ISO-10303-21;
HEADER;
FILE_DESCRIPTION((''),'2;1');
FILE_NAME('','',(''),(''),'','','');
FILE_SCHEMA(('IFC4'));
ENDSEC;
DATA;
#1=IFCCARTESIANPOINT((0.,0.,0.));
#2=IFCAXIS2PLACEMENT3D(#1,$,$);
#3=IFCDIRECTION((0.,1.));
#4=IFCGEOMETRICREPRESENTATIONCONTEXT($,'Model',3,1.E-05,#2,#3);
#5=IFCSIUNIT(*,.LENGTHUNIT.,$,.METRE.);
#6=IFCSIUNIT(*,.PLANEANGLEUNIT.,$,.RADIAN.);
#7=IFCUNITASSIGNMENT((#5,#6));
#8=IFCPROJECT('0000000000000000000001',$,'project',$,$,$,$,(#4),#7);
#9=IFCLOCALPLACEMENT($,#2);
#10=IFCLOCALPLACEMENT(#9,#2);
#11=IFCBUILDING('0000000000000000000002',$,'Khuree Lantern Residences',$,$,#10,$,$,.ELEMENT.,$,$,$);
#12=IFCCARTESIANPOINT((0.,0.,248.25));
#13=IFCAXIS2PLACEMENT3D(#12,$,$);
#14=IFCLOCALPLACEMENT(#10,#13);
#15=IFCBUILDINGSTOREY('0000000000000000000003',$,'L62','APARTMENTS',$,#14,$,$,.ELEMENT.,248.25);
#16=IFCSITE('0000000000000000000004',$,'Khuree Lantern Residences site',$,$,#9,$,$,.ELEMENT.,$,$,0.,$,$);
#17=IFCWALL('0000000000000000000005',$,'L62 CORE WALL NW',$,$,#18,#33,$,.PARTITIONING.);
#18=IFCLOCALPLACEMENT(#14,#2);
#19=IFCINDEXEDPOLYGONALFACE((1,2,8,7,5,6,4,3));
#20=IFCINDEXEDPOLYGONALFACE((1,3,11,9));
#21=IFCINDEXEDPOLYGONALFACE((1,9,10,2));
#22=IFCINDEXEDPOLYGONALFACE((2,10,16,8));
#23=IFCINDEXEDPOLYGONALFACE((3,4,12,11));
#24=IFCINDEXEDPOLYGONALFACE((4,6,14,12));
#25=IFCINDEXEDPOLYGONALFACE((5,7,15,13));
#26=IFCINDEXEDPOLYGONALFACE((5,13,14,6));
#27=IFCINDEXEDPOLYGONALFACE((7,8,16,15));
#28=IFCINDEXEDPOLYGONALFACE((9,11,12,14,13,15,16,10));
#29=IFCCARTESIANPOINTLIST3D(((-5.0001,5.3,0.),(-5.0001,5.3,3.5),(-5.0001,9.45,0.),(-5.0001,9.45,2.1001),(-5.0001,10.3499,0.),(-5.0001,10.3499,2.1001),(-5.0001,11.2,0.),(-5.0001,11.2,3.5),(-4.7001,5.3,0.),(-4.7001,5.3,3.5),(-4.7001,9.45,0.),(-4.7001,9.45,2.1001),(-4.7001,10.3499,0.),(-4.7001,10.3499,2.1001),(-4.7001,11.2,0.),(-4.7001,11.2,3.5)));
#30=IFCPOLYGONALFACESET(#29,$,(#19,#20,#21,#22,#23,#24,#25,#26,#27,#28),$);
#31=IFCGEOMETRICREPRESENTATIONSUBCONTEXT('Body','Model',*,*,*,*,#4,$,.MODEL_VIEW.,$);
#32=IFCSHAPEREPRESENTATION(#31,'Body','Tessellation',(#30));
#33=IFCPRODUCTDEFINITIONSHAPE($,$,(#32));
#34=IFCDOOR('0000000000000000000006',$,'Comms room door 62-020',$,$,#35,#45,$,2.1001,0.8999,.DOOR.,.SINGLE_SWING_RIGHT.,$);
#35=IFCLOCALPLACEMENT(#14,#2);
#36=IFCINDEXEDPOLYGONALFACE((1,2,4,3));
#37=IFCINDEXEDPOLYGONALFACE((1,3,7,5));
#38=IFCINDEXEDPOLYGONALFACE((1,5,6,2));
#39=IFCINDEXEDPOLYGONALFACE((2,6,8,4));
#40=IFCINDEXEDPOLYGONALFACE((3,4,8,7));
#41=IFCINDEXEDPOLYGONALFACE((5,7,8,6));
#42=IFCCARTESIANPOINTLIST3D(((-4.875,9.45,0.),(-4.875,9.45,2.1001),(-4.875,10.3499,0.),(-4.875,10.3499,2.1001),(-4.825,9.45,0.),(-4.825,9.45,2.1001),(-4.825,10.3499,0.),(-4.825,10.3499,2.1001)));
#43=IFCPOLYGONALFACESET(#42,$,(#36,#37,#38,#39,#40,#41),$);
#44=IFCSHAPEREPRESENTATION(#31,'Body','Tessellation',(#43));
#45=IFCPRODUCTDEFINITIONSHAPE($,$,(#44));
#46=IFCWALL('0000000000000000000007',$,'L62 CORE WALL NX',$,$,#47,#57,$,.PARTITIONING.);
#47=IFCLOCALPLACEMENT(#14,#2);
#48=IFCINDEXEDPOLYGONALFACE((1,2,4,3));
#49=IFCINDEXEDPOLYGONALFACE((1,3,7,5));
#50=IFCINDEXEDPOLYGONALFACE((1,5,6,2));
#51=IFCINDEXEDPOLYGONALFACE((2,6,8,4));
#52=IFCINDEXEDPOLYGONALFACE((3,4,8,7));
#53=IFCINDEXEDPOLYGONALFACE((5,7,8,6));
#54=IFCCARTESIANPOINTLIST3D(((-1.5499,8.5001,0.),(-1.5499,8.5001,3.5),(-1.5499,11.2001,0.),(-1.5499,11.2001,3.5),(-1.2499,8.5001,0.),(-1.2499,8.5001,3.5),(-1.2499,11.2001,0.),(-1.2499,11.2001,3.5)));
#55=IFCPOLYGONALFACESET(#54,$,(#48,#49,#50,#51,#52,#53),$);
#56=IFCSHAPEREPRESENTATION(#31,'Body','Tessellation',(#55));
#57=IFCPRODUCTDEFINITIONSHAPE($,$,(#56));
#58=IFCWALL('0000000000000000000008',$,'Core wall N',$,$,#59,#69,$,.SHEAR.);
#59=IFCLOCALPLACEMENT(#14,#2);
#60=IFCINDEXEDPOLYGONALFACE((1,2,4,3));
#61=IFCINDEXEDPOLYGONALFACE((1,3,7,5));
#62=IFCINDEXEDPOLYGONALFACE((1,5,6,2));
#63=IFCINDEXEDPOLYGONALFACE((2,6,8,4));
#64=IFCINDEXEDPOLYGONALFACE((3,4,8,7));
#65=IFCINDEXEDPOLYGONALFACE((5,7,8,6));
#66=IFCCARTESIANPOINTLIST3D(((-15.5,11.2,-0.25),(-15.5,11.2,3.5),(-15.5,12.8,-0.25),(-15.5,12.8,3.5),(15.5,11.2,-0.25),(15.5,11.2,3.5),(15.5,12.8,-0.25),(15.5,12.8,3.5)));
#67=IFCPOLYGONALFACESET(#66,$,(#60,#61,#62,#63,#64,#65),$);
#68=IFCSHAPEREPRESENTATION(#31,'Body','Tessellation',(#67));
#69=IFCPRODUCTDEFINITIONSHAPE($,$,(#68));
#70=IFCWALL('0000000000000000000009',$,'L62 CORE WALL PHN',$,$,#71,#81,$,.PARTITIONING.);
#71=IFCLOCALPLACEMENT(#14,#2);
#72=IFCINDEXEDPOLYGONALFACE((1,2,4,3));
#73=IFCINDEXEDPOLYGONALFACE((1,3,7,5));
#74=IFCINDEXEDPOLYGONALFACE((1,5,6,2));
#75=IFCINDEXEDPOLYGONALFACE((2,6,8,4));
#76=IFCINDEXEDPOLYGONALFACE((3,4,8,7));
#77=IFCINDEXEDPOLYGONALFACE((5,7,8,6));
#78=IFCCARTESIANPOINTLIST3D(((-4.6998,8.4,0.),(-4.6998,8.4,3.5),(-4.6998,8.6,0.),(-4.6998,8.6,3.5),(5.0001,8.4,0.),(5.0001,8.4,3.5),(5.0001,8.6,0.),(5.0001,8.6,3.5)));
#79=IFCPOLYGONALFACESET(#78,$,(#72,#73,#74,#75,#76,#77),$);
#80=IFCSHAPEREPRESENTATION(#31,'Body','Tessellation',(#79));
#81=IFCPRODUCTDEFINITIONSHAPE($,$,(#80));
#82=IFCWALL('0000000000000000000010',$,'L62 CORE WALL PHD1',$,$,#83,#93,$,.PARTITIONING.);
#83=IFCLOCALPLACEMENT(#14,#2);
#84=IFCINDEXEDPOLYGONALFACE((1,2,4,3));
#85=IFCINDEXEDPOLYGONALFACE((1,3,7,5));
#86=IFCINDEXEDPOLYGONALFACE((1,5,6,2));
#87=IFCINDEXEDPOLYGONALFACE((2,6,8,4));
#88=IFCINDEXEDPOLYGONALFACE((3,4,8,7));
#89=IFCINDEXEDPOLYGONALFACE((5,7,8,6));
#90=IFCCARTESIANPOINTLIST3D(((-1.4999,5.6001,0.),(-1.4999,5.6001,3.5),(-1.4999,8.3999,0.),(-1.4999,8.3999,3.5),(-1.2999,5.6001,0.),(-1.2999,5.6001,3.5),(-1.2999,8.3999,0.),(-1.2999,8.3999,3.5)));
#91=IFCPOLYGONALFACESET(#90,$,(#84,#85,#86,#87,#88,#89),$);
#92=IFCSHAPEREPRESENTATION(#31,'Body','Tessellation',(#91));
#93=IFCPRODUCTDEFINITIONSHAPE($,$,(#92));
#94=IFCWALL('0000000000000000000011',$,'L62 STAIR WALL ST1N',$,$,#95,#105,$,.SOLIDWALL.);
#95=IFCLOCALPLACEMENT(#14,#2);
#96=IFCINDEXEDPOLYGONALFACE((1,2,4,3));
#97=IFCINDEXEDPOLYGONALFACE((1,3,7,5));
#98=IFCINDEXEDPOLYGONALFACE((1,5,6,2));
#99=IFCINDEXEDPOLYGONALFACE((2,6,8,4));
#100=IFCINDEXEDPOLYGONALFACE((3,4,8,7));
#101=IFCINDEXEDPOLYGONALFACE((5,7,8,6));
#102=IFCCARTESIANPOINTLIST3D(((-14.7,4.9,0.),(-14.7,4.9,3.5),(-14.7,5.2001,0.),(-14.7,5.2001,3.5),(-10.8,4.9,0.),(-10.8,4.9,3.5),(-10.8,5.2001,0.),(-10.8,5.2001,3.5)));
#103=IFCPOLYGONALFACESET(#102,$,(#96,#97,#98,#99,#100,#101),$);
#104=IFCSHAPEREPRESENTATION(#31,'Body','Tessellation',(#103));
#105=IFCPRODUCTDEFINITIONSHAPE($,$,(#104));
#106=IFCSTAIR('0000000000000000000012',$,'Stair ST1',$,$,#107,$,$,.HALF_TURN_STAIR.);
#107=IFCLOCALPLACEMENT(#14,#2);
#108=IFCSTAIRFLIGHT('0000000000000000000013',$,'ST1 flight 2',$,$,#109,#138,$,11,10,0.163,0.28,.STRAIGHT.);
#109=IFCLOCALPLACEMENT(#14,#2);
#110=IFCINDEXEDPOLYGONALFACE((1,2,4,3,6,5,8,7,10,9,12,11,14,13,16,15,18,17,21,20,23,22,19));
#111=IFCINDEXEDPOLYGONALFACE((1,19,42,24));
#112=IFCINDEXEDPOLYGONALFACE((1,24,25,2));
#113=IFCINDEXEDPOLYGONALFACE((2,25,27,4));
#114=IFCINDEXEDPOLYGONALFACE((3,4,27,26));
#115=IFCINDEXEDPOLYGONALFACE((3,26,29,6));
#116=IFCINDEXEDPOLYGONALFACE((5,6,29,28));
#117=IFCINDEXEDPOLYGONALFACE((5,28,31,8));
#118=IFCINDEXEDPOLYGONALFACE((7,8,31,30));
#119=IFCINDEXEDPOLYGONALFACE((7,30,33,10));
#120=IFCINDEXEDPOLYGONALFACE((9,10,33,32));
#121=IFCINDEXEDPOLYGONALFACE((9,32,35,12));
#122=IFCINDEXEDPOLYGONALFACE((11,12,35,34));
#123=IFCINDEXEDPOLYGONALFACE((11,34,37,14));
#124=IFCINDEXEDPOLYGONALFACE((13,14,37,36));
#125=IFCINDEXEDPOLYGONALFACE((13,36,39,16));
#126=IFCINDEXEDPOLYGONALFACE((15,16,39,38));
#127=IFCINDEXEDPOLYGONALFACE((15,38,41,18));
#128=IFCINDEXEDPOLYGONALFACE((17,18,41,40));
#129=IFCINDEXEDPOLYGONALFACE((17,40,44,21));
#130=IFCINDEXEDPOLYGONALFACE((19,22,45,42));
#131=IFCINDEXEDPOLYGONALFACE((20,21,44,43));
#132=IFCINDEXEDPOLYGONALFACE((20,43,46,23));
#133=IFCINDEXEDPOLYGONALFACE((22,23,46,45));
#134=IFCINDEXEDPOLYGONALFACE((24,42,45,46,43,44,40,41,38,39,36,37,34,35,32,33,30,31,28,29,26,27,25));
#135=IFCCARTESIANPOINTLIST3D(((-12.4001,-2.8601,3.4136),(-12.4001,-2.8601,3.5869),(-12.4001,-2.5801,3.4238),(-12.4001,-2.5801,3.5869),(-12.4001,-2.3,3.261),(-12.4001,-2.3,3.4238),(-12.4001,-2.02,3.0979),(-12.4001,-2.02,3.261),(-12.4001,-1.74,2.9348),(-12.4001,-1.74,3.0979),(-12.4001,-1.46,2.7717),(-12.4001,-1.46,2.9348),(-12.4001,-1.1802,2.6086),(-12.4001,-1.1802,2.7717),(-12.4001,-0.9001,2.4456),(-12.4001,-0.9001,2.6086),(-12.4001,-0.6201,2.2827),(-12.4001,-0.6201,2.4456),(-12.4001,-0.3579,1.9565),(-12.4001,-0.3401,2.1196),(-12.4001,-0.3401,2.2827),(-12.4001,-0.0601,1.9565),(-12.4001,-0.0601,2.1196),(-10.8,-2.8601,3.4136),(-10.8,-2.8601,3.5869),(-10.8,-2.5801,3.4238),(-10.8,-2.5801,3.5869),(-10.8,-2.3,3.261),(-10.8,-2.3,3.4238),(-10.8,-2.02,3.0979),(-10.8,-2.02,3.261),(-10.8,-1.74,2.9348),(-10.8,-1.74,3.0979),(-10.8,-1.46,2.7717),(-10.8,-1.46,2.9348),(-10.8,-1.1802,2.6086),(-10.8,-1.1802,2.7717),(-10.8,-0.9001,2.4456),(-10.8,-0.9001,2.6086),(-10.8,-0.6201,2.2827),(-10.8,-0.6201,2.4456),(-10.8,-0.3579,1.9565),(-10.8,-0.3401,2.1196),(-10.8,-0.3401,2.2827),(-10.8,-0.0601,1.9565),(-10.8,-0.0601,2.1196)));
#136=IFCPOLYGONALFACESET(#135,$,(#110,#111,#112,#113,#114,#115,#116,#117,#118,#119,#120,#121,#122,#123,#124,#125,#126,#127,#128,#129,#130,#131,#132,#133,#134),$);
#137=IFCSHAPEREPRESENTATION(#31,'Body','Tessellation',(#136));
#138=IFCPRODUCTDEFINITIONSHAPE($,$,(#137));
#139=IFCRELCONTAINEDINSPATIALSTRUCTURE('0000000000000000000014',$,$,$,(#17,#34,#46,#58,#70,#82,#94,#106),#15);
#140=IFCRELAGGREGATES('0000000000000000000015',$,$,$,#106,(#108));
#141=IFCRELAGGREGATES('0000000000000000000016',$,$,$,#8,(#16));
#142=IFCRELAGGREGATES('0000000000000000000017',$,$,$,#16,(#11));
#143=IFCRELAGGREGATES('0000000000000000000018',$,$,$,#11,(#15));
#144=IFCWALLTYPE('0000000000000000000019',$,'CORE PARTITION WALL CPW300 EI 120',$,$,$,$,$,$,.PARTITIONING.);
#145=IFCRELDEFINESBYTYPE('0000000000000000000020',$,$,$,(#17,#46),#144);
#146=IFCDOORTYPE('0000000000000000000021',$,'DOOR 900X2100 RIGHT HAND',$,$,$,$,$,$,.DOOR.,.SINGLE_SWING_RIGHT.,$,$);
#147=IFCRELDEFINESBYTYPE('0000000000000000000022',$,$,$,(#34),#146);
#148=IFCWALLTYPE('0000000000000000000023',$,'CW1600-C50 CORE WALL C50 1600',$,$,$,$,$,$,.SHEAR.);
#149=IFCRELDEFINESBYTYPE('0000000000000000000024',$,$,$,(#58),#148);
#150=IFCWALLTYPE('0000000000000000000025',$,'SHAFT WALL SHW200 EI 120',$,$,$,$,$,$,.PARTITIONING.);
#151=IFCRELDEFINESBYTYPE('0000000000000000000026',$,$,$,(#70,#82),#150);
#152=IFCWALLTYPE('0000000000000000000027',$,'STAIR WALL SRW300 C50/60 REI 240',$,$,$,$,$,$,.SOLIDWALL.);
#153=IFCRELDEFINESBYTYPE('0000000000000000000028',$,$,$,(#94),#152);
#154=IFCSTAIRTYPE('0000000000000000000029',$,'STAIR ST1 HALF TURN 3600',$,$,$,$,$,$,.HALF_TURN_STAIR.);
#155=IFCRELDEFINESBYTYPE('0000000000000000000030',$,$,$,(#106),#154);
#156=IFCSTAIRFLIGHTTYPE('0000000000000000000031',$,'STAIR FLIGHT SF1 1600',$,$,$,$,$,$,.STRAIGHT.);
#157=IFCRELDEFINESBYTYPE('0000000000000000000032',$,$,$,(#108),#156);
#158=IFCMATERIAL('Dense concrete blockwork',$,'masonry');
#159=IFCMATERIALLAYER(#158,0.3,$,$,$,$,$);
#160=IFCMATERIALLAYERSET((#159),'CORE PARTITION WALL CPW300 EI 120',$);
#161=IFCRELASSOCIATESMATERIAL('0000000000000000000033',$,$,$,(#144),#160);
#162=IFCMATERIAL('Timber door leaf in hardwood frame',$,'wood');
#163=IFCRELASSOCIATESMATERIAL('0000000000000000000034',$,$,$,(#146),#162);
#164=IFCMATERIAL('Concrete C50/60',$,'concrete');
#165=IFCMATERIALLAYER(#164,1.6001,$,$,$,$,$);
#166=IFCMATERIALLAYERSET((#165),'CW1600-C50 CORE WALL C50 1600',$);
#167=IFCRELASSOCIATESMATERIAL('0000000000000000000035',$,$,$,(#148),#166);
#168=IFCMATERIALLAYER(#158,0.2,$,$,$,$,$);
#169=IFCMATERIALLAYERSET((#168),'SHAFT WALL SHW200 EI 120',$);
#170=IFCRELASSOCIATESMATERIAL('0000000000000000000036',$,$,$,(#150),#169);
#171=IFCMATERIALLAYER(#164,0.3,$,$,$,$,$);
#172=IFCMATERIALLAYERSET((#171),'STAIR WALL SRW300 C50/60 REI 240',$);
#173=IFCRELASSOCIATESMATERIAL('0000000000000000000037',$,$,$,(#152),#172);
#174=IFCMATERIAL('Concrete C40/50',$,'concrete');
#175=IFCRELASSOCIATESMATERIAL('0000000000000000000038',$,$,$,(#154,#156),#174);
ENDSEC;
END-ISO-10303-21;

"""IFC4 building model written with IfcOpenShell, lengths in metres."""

from ifc_helpers import new_model, si_unit, direction, frame, frame_2d, origin, place, context, subcontext, project, spatial, polyline, rectangle, outline, extrude, material, layer, layer_set, type_object, element, fill, aggregate, save


model = new_model("IFC4")

# Units and contexts
model_context = context("Model", 3, precision=1e-05, world=origin(), true_north=direction((0.0, 1.0)))
body_context = subcontext(model_context, "Body", "Model", "MODEL_VIEW")
ifc_project = project(units=[si_unit("LENGTHUNIT", "METRE"), si_unit("PLANEANGLEUNIT", "RADIAN")], contexts=[model_context])

# Site, building, storey
site_placement = place(None, origin())
site = spatial("IfcSite", under=ifc_project, at=site_placement, Name="Khuree Lantern Residences site", CompositionType="ELEMENT", RefElevation=0.0)
building_placement = place(site_placement, origin())
building = spatial("IfcBuilding", under=site, at=building_placement, Name="Khuree Lantern Residences", CompositionType="ELEMENT")
storey_placement = place(building_placement, frame((0.0, 0.0, 248.25)))
storey = spatial("IfcBuildingStorey", under=building, at=storey_placement, Name="L62", Description="APARTMENTS", CompositionType="ELEMENT", Elevation=248.25)

# Shared definitions
ifc_material_1 = material(Name="Dense concrete blockwork", Category="masonry")
ifc_layer_1 = layer(ifc_material_1, 0.3)
ifc_layer_set_1 = layer_set([ifc_layer_1], Name="CORE PARTITION WALL CPW300 EI 120")
wall_type_1 = type_object("IfcWallType", Name="CORE PARTITION WALL CPW300 EI 120", PredefinedType="PARTITIONING", material=ifc_layer_set_1)

# Shared definitions
ifc_material_2 = material(Name="Timber door leaf in hardwood frame", Category="wood")
door_type_1 = type_object("IfcDoorType", Name="DOOR 900X2100 RIGHT HAND", OperationType="SINGLE_SWING_RIGHT", PredefinedType="DOOR", material=ifc_material_2)

# Wall, opening, door
wall_1_placement = place(storey_placement, frame((-4.8501, 5.3, 0.0), z_axis=(0.0, 0.0, 1.0), x_axis=(0.0, 1.0, 0.0)))
wall_1 = element("IfcWall", 1, at=wall_1_placement, inside=storey, type_object=wall_type_1, Name="L62 CORE WALL NW", PredefinedType="PARTITIONING", context=body_context, shape_type="SweptSolid", body=[
    extrude(rectangle(XDim=5.8999, YDim=0.3, at=frame_2d((2.95, 0.0))), origin(), (0.0, 0.0, 1.0), 3.5),
])
opening_1_placement = place(wall_1_placement, frame((4.1499, 0.0, 0.0)))
opening_1 = element("IfcOpeningElement", 2, at=opening_1_placement, cuts=wall_1, PredefinedType="OPENING", context=body_context, shape_type="SweptSolid", body=[
    extrude(rectangle(XDim=0.8999, YDim=2.1001, at=frame_2d((0.45, 1.05))), frame((0.0, 0.1602, 0.0), z_axis=(0.0, -1.0, 0.0), x_axis=(1.0, 0.0, 0.0)), (0.0, 0.0, 1.0), 0.3201),
])
door_1_placement = place(opening_1_placement, origin())
door_1 = element("IfcDoor", 3, at=door_1_placement, inside=storey, type_object=door_type_1, Name="Comms room door 62-020", OperationType="SINGLE_SWING_RIGHT", OverallHeight=2.1001, OverallWidth=0.8999, PredefinedType="DOOR", context=body_context, shape_type="SweptSolid", body=[
    extrude(rectangle(XDim=0.8999, YDim=2.1001, at=frame_2d((0.45, 1.05))), frame((0.0, 0.0249, 0.0), z_axis=(0.0, -1.0, 0.0), x_axis=(1.0, 0.0, 0.0)), (0.0, 0.0, 1.0), 0.05),
])
fill(opening_1, door_1)

# Walls
wall_2_placement = place(storey_placement, frame((-1.3999, 8.5, 0.0), z_axis=(0.0, 0.0, 1.0), x_axis=(0.0, 1.0, 0.0)))
element("IfcWall", 4, at=wall_2_placement, inside=storey, type_object=wall_type_1, Name="L62 CORE WALL NX", PredefinedType="PARTITIONING", context=body_context, shape_type="SweptSolid", body=[
    extrude(rectangle(XDim=2.7, YDim=0.3, at=frame_2d((1.3501, 0.0))), origin(), (0.0, 0.0, 1.0), 3.5),
])
ifc_material_3 = material(Name="Concrete C50/60", Category="concrete")
ifc_layer_2 = layer(ifc_material_3, 1.6001)
ifc_layer_set_2 = layer_set([ifc_layer_2], Name="CW1600-C50 CORE WALL C50 1600")
wall_type_2 = type_object("IfcWallType", Name="CW1600-C50 CORE WALL C50 1600", PredefinedType="SHEAR", material=ifc_layer_set_2)
wall_3_placement = place(storey_placement, frame((-15.5, 12.0, -0.25), z_axis=(0.0, 0.0, 1.0), x_axis=(1.0, 0.0, 0.0)))
element("IfcWall", 5, at=wall_3_placement, inside=storey, type_object=wall_type_2, Name="Core wall N", PredefinedType="SHEAR", context=body_context, shape_type="SweptSolid", body=[
    extrude(rectangle(XDim=31.0, YDim=1.6001, at=frame_2d((15.5, 0.0))), origin(), (0.0, 0.0, 1.0), 3.75),
])
ifc_layer_3 = layer(ifc_material_1, 0.2)
ifc_layer_set_3 = layer_set([ifc_layer_3], Name="SHAFT WALL SHW200 EI 120")
wall_type_3 = type_object("IfcWallType", Name="SHAFT WALL SHW200 EI 120", PredefinedType="PARTITIONING", material=ifc_layer_set_3)
wall_4_placement = place(storey_placement, frame((-4.7, 8.5, 0.0), z_axis=(0.0, 0.0, 1.0), x_axis=(1.0, 0.0, 0.0)))
element("IfcWall", 6, at=wall_4_placement, inside=storey, type_object=wall_type_3, Name="L62 CORE WALL PHN", PredefinedType="PARTITIONING", context=body_context, shape_type="SweptSolid", body=[
    extrude(rectangle(XDim=9.7, YDim=0.2, at=frame_2d((4.8501, 0.0))), origin(), (0.0, 0.0, 1.0), 3.5),
])
wall_5_placement = place(storey_placement, frame((-1.3999, 5.6001, 0.0), z_axis=(0.0, 0.0, 1.0), x_axis=(0.0, 1.0, 0.0)))
element("IfcWall", 7, at=wall_5_placement, inside=storey, type_object=wall_type_3, Name="L62 CORE WALL PHD1", PredefinedType="PARTITIONING", context=body_context, shape_type="SweptSolid", body=[
    extrude(rectangle(XDim=2.7998, YDim=0.2, at=frame_2d((1.3999, 0.0))), origin(), (0.0, 0.0, 1.0), 3.5),
])
ifc_layer_4 = layer(ifc_material_3, 0.3)
ifc_layer_set_4 = layer_set([ifc_layer_4], Name="STAIR WALL SRW300 C50/60 REI 240")
wall_type_4 = type_object("IfcWallType", Name="STAIR WALL SRW300 C50/60 REI 240", PredefinedType="SOLIDWALL", material=ifc_layer_set_4)
wall_6_placement = place(storey_placement, frame((-14.7, 5.05, 0.0), z_axis=(0.0, 0.0, 1.0), x_axis=(1.0, 0.0, 0.0)))
element("IfcWall", 8, at=wall_6_placement, inside=storey, type_object=wall_type_4, Name="L62 STAIR WALL ST1N", PredefinedType="SOLIDWALL", context=body_context, shape_type="SweptSolid", body=[
    extrude(rectangle(XDim=3.8999, YDim=0.3, at=frame_2d((1.95, 0.0))), origin(), (0.0, 0.0, 1.0), 3.5),
])

# Stair, stair flight
ifc_material_4 = material(Name="Concrete C40/50", Category="concrete")
stair_type = type_object("IfcStairType", Name="STAIR ST1 HALF TURN 3600", PredefinedType="HALF_TURN_STAIR", material=ifc_material_4)
stair_placement = place(storey_placement, origin())
stair = element("IfcStair", 9, at=stair_placement, inside=storey, type_object=stair_type, Name="Stair ST1", PredefinedType="HALF_TURN_STAIR")
stair_flight_type = type_object("IfcStairFlightType", Name="STAIR FLIGHT SF1 1600", PredefinedType="STRAIGHT", material=ifc_material_4)
stair_flight_placement = place(storey_placement, frame((-11.6001, -0.0601, 1.9565), z_axis=(0.0, 0.0, 1.0), x_axis=(0.0, -1.0, 0.0)))
stair_flight = element("IfcStairFlight", 10, at=stair_flight_placement, type_object=stair_flight_type, Name="ST1 flight 2", NumberOfRisers=11, NumberOfTreads=10, PredefinedType="STRAIGHT", RiserHeight=0.163, TreadLength=0.28, context=body_context, shape_type="SweptSolid", body=[
    extrude(outline(polyline([(0.0, 0.0), (0.0, 0.1631), (0.28, 0.1631), (0.28, 0.3262), (0.5601, 0.3262), (0.5601, 0.489), (0.8401, 0.489), (0.8401, 0.6521), (1.1201, 0.6521), (1.1201, 0.8152), (1.3999, 0.8152), (1.3999, 0.9783), (1.6799, 0.9783), (1.6799, 1.1414), (1.96, 1.1414), (1.96, 1.3044), (2.24, 1.3044), (2.24, 1.4673), (2.52, 1.4673), (2.52, 1.6304), (2.8, 1.6304), (2.8, 1.7935), (2.8, 1.457), (0.2979, 0.0), (0.0, 0.0)])), frame((0.0, 0.8, 0.0), z_axis=(0.0, -1.0, 0.0), x_axis=(1.0, 0.0, 0.0)), (0.0, 0.0, 1.0), 1.6001),
])
aggregate(stair, [stair_flight])

save(model, "model.ifc")
